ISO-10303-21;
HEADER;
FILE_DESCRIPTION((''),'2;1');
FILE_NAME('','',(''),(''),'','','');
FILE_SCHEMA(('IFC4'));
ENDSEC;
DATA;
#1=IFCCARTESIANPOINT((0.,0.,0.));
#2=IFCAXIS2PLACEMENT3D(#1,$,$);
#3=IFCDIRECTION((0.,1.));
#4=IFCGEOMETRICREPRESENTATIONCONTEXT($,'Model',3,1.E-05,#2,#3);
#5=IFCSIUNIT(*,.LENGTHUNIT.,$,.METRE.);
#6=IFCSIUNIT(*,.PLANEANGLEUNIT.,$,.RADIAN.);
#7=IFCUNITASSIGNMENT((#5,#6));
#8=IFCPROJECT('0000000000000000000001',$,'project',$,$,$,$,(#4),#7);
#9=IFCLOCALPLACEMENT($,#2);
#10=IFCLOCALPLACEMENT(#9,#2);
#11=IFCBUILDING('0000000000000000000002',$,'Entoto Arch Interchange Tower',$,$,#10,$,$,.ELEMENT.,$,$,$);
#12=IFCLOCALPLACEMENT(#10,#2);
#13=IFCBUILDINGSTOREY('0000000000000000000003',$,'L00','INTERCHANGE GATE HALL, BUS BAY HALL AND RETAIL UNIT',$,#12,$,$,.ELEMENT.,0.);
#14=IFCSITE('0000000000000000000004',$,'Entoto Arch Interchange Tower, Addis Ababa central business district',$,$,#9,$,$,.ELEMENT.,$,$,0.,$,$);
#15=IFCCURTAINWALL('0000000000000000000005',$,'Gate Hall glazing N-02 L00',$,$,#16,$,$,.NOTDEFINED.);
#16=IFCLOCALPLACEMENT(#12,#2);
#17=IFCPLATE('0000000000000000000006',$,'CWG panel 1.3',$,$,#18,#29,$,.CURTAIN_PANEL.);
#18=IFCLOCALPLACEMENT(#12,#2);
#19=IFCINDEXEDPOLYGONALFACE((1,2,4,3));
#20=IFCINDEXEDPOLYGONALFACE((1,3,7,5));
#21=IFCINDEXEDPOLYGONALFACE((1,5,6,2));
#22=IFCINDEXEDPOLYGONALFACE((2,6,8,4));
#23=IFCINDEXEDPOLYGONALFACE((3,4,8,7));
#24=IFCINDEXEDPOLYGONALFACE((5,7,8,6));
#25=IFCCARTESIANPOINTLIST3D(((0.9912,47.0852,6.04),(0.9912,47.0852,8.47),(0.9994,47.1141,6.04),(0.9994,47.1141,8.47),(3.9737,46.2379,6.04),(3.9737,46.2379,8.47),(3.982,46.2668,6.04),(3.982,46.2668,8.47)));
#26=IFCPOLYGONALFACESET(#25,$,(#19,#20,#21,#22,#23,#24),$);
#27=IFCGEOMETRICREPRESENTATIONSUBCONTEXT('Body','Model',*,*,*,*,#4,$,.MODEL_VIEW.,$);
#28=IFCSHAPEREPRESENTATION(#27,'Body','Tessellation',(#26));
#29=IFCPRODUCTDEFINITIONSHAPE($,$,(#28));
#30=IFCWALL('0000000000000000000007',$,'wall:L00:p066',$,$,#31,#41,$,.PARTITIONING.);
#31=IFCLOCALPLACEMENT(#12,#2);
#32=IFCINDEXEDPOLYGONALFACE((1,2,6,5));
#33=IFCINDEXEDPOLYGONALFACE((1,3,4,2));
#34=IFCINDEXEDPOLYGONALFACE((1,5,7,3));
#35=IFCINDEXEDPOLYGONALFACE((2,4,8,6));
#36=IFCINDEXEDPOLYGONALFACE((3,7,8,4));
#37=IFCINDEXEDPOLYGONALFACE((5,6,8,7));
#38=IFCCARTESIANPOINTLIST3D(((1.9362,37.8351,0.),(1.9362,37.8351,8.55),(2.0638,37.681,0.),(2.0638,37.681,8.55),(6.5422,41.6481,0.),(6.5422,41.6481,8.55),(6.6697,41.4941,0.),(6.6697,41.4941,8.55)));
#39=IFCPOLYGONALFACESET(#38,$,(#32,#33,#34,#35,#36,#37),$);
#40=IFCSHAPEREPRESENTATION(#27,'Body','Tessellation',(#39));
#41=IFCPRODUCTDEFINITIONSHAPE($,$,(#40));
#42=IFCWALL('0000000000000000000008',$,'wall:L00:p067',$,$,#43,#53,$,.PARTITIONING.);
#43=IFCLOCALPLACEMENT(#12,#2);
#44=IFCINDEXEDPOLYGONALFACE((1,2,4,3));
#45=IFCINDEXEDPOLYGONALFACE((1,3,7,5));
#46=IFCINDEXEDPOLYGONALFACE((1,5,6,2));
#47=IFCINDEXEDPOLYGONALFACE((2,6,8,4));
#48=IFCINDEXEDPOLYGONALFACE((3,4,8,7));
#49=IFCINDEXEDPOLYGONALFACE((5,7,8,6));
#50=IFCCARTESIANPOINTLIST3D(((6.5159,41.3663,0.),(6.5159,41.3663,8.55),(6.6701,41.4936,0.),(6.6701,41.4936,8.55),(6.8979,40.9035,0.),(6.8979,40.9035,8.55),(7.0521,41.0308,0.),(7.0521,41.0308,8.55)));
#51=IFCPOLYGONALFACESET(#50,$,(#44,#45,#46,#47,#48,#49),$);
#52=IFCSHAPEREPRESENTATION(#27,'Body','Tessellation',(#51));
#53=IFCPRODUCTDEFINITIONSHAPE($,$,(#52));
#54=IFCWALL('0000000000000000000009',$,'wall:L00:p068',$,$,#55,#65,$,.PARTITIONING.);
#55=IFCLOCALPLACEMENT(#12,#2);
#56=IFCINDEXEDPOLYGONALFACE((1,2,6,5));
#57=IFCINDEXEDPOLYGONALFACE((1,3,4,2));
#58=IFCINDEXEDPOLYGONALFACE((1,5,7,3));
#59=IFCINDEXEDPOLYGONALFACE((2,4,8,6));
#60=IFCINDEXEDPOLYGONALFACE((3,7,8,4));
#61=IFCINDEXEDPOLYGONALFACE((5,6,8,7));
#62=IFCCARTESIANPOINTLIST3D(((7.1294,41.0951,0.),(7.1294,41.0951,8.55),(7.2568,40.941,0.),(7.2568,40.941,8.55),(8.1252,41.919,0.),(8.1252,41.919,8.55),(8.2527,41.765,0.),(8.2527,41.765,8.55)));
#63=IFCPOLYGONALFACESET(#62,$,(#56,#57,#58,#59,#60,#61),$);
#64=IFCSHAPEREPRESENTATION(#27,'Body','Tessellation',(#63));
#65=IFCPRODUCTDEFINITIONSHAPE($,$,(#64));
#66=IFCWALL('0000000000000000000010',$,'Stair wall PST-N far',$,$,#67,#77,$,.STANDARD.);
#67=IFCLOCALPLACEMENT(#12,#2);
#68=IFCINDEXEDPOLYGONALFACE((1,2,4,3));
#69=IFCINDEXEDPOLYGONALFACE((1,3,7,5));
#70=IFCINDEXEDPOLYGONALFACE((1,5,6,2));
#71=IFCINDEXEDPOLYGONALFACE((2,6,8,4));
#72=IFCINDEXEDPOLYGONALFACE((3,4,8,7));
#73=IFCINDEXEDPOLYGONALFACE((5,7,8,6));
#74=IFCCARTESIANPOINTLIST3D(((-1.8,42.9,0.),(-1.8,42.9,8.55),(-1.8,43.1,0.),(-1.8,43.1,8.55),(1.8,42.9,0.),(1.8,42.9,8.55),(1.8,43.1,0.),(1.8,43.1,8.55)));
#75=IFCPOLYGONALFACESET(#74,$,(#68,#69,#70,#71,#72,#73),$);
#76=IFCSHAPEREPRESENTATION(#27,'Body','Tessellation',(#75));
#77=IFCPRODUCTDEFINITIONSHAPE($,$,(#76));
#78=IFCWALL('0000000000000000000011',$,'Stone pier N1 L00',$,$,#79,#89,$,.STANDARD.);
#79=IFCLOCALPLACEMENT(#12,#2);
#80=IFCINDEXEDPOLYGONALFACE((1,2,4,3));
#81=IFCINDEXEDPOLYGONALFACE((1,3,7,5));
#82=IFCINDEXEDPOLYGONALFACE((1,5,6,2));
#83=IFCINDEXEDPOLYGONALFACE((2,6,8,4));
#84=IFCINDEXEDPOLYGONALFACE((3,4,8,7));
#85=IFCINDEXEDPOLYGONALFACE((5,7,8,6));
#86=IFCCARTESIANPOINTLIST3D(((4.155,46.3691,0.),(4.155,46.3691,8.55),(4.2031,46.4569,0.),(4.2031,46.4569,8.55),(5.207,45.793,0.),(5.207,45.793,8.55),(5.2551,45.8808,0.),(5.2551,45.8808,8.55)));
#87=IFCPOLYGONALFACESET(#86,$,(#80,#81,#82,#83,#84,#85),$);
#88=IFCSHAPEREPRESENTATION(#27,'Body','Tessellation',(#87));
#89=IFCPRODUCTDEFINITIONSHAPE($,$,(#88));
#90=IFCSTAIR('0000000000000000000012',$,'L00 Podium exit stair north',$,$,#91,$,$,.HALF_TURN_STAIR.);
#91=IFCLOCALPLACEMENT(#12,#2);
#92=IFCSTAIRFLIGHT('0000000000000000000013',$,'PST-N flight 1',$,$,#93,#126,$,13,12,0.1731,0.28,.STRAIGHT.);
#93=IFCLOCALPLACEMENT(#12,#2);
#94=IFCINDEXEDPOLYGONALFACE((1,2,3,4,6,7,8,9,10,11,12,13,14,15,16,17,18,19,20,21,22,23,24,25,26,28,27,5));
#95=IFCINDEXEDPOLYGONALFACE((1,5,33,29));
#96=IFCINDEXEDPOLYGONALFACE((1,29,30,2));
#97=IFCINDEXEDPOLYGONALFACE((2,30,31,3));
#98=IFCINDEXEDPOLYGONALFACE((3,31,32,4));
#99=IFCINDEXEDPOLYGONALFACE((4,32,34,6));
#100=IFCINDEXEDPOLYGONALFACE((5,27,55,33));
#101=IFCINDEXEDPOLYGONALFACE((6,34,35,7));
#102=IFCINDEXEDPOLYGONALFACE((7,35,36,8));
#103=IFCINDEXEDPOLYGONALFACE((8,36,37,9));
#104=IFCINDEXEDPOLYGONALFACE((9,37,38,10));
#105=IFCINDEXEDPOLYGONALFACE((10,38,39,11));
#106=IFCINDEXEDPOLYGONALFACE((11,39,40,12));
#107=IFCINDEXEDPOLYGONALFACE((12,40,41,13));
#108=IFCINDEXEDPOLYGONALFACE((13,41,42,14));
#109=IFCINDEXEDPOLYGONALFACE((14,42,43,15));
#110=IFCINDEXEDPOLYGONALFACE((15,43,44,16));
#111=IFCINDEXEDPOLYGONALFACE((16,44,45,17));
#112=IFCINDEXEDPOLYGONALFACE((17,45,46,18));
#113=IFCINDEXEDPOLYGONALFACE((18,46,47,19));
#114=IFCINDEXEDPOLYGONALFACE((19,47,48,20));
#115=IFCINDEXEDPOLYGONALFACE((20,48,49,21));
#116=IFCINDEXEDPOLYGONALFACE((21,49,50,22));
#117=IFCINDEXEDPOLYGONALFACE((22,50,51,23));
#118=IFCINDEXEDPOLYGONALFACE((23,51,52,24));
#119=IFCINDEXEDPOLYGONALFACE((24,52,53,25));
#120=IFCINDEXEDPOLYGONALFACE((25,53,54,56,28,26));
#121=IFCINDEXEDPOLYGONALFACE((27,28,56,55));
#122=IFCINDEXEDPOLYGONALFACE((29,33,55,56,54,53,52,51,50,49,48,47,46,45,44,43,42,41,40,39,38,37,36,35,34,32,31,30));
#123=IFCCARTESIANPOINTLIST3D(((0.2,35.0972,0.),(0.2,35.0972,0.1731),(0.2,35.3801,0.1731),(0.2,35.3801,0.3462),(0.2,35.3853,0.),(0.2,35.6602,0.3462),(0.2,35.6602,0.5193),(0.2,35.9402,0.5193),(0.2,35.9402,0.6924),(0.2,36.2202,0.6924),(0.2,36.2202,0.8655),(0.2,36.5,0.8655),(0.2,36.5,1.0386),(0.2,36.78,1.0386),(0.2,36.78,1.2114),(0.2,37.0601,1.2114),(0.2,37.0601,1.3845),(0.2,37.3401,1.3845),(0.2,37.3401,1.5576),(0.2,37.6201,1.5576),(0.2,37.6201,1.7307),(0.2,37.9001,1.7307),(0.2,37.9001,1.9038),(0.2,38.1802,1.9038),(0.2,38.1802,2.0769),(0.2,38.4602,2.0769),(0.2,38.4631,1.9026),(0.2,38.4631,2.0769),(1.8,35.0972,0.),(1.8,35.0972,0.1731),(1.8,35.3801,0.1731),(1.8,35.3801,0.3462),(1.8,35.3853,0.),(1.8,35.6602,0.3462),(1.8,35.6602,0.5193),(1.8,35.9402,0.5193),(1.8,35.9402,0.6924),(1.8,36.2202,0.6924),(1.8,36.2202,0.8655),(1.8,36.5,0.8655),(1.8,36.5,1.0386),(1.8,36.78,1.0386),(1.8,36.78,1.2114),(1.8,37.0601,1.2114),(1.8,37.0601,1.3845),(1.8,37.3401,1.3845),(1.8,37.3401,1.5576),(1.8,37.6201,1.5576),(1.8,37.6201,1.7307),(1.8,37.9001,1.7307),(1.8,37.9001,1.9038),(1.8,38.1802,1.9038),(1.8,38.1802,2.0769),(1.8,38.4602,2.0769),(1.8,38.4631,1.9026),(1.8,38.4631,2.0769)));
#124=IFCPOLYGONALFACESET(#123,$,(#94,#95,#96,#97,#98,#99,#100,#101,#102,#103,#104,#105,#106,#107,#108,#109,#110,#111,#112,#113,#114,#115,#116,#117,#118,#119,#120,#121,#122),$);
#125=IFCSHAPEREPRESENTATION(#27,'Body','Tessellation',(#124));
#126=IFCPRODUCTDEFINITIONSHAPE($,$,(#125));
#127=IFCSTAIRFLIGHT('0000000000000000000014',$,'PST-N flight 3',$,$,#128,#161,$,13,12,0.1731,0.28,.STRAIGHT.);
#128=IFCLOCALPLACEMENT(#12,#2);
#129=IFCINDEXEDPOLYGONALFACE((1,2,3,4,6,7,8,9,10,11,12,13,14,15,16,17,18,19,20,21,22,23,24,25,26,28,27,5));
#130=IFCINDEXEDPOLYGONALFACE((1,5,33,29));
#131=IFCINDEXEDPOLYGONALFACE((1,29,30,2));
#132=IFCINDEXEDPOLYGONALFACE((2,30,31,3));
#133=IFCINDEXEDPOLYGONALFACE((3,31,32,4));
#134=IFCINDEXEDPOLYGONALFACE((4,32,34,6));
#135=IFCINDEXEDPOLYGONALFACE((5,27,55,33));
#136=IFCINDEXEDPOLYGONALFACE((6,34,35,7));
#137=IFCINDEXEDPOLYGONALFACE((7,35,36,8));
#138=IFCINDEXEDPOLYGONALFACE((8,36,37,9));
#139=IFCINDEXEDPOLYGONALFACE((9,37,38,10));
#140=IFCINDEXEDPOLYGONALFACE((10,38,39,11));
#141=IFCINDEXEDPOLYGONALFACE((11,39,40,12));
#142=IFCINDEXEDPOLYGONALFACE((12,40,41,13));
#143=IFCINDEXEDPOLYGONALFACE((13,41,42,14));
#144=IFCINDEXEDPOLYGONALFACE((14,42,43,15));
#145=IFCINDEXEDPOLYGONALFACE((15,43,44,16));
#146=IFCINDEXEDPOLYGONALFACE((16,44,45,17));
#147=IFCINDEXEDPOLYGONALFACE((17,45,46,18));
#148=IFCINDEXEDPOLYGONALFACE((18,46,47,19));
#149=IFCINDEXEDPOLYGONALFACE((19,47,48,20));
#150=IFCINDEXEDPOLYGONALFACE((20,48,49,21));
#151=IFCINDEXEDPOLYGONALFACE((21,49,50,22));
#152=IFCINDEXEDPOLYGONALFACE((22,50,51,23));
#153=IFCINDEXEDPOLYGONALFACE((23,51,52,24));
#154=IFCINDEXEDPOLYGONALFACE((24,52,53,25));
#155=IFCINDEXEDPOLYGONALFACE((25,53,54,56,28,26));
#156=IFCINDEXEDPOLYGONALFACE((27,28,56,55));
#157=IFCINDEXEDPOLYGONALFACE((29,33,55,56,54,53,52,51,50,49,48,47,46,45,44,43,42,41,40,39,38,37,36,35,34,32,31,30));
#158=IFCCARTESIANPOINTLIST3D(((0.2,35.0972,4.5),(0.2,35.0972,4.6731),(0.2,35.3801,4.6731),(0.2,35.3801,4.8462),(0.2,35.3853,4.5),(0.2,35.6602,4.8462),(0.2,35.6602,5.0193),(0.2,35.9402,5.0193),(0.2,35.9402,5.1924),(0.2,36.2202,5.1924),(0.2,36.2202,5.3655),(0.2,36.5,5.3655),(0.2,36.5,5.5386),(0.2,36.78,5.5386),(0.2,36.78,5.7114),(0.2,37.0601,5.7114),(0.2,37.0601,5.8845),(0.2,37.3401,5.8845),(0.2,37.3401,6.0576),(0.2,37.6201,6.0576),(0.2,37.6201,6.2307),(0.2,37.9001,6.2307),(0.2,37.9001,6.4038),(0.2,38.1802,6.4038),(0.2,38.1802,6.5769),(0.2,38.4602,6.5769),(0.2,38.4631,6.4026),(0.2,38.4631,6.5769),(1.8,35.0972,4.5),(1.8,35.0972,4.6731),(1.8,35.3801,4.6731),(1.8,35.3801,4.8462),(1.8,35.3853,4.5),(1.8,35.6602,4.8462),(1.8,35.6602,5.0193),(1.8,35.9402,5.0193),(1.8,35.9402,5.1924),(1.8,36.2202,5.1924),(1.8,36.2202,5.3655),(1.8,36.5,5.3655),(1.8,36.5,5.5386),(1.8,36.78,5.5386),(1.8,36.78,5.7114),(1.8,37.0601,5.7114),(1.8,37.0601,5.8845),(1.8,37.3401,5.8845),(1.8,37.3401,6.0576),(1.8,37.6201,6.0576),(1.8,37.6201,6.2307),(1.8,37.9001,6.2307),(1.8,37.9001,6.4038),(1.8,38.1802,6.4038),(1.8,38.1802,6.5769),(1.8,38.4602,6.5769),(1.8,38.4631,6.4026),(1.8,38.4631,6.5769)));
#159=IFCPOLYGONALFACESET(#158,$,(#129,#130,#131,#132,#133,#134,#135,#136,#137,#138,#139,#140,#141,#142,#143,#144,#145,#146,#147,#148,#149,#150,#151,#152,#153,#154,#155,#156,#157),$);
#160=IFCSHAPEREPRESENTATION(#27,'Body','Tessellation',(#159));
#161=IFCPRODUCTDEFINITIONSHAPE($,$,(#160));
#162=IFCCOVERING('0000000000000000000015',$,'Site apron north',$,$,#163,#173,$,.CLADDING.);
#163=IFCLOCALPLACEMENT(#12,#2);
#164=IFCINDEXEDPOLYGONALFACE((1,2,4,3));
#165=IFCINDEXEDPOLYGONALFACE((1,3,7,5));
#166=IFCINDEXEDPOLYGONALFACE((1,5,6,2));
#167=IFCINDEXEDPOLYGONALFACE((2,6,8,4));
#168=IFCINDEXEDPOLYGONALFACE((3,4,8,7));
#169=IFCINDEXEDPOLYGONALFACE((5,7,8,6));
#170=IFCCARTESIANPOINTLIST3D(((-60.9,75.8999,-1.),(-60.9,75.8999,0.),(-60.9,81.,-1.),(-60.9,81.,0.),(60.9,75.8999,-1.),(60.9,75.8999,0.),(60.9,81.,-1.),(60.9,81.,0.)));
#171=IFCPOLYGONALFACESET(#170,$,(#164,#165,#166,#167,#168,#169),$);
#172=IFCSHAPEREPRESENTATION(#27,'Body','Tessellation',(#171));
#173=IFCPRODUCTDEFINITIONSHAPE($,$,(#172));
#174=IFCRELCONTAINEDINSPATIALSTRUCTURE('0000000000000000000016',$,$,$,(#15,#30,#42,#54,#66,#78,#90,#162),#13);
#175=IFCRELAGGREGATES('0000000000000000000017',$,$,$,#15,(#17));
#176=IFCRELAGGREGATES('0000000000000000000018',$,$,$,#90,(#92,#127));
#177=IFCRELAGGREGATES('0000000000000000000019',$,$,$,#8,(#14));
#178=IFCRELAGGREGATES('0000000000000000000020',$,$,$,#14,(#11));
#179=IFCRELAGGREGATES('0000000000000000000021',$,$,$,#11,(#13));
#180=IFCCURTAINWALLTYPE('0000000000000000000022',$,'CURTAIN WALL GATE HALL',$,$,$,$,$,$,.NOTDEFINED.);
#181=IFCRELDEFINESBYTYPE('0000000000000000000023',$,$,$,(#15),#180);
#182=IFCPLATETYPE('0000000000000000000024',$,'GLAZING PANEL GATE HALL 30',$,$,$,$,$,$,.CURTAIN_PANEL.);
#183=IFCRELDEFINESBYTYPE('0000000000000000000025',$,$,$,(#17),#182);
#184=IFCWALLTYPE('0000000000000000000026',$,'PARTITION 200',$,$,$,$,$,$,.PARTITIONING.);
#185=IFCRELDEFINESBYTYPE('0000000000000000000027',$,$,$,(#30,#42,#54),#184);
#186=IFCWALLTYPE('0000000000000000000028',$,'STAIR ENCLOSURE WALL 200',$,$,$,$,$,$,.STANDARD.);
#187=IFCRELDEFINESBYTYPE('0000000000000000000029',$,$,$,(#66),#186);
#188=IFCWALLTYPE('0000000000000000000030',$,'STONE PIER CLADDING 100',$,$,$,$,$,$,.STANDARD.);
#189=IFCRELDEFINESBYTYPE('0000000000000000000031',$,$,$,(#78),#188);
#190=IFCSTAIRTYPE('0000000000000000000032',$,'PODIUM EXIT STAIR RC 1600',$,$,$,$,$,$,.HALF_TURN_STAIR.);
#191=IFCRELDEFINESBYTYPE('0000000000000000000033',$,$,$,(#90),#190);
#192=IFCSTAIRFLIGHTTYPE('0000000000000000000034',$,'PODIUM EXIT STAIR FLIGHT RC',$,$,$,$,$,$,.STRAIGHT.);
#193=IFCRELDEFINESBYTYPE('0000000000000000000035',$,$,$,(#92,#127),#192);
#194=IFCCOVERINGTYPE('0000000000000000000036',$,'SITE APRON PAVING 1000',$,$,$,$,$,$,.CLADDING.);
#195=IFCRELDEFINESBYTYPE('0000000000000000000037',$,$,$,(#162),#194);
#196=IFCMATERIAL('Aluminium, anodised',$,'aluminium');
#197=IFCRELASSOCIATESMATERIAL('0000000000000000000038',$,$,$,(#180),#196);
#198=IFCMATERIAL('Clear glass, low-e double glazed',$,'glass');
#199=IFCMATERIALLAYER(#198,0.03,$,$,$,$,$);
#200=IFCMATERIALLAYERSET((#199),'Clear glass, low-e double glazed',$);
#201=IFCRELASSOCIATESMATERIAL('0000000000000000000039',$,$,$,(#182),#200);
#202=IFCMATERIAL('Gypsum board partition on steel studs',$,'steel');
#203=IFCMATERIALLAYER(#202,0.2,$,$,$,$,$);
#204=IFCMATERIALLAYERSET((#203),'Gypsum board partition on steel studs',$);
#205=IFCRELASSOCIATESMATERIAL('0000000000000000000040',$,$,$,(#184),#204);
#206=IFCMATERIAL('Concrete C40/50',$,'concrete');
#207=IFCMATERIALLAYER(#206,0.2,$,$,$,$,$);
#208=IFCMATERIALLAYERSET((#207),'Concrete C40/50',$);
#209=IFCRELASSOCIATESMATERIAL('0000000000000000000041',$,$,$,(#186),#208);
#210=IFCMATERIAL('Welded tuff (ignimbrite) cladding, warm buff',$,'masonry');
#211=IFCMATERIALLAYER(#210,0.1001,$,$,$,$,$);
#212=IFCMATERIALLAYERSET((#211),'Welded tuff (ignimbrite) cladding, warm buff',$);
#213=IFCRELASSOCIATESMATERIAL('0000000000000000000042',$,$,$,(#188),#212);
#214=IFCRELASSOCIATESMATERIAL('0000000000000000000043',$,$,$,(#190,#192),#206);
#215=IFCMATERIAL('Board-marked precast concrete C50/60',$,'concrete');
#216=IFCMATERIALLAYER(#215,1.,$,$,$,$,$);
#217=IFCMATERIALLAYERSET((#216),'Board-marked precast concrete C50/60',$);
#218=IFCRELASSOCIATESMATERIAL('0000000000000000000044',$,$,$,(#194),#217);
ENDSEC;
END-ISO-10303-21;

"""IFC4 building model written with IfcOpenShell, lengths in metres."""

from ifc_helpers import new_model, si_unit, direction, frame, frame_2d, origin, origin_2d, place, context, subcontext, project, spatial, polyline, rectangle, outline, extrude, material, layer, layer_set, type_object, element, aggregate, save


model = new_model("IFC4")

# Units and contexts
model_context = context("Model", 3, precision=1e-05, world=origin(), true_north=direction((0.0, 1.0)))
body_context = subcontext(model_context, "Body", "Model", "MODEL_VIEW")
ifc_project = project(units=[si_unit("LENGTHUNIT", "METRE"), si_unit("PLANEANGLEUNIT", "RADIAN")], contexts=[model_context])

# Site, building, storey
site_placement = place(None, origin())
site = spatial("IfcSite", under=ifc_project, at=site_placement, Name="Entoto Arch Interchange Tower, Addis Ababa central business district", CompositionType="ELEMENT", RefElevation=0.0)
building_placement = place(site_placement, origin())
building = spatial("IfcBuilding", under=site, at=building_placement, Name="Entoto Arch Interchange Tower", CompositionType="ELEMENT")
storey_placement = place(building_placement, origin())
storey = spatial("IfcBuildingStorey", under=building, at=storey_placement, Name="L00", Description="INTERCHANGE GATE HALL, BUS BAY HALL AND RETAIL UNIT", CompositionType="ELEMENT", Elevation=0.0)

# Shared definitions
ifc_material_1 = material(Name="Aluminium, anodised", Category="aluminium")
curtain_wall_type = type_object("IfcCurtainWallType", Name="CURTAIN WALL GATE HALL", PredefinedType="NOTDEFINED", material=ifc_material_1)

# Curtain wall
curtain_wall_1_placement = place(storey_placement, origin())
curtain_wall_1 = element("IfcCurtainWall", 1, at=curtain_wall_1_placement, inside=storey, type_object=curtain_wall_type, Name="Gate Hall glazing N-02 L00", PredefinedType="NOTDEFINED")

# Plate
ifc_material_2 = material(Name="Clear glass, low-e double glazed", Category="glass")
ifc_layer_1 = layer(ifc_material_2, 0.03)
ifc_layer_set_1 = layer_set([ifc_layer_1], Name="Clear glass, low-e double glazed")
plate_type = type_object("IfcPlateType", Name="GLAZING PANEL GATE HALL 30", PredefinedType="CURTAIN_PANEL", material=ifc_layer_set_1)
plate_1_placement = place(storey_placement, frame((2.4866, 46.676, 6.04), z_axis=(0.0, 0.0, 1.0), x_axis=(-0.961934, 0.27328, 0.0)))
plate_1 = element("IfcPlate", 2, at=plate_1_placement, type_object=plate_type, Name="CWG panel 1.3", PredefinedType="CURTAIN_PANEL", context=body_context, shape_type="SweptSolid", body=[
    extrude(rectangle(XDim=3.1006, YDim=0.03, at=origin_2d()), origin(), (0.0, 0.0, 1.0), 2.4299),
])
aggregate(curtain_wall_1, [plate_1])

# Walls
ifc_material_3 = material(Name="Gypsum board partition on steel studs", Category="steel")
ifc_layer_2 = layer(ifc_material_3, 0.2)
ifc_layer_set_2 = layer_set([ifc_layer_2], Name="Gypsum board partition on steel studs")
wall_type_1 = type_object("IfcWallType", Name="PARTITION 200", PredefinedType="PARTITIONING", material=ifc_layer_set_2)
wall_1_placement = place(storey_placement, frame((2.0, 37.7581, 0.0), z_axis=(0.0, 0.0, 1.0), x_axis=(0.770299, 0.637683, 0.0)))
element("IfcWall", 3, at=wall_1_placement, inside=storey, type_object=wall_type_1, Name="wall:L00:p066", PredefinedType="PARTITIONING", context=body_context, shape_type="SweptSolid", body=[
    extrude(rectangle(XDim=5.9795, YDim=0.2, at=frame_2d((2.9897, 0.0))), origin(), (0.0, 0.0, 1.0), 8.55),
])
wall_2_placement = place(storey_placement, frame((6.593, 41.4299, 0.0), z_axis=(0.0, 0.0, 1.0), x_axis=(0.636577, -0.771214, 0.0)))
element("IfcWall", 4, at=wall_2_placement, inside=storey, type_object=wall_type_1, Name="wall:L00:p067", PredefinedType="PARTITIONING", context=body_context, shape_type="SweptSolid", body=[
    extrude(rectangle(XDim=0.6001, YDim=0.2, at=frame_2d((0.3, 0.0))), origin(), (0.0, 0.0, 1.0), 8.55),
])
wall_3_placement = place(storey_placement, frame((7.1931, 41.0181, 0.0), z_axis=(0.0, 0.0, 1.0), x_axis=(0.770461, 0.637487, 0.0)))
element("IfcWall", 5, at=wall_3_placement, inside=storey, type_object=wall_type_1, Name="wall:L00:p068", PredefinedType="PARTITIONING", context=body_context, shape_type="SweptSolid", body=[
    extrude(rectangle(XDim=1.2925, YDim=0.2, at=frame_2d((0.6462, 0.0))), origin(), (0.0, 0.0, 1.0), 8.55),
])
ifc_material_4 = material(Name="Concrete C40/50", Category="concrete")
ifc_layer_3 = layer(ifc_material_4, 0.2)
ifc_layer_set_3 = layer_set([ifc_layer_3], Name="Concrete C40/50")
wall_type_2 = type_object("IfcWallType", Name="STAIR ENCLOSURE WALL 200", PredefinedType="STANDARD", material=ifc_layer_set_3)
wall_4_placement = place(storey_placement, frame((1.8, 43.0, 0.0), z_axis=(0.0, 0.0, 1.0), x_axis=(-1.0, 0.0, 0.0)))
element("IfcWall", 6, at=wall_4_placement, inside=storey, type_object=wall_type_2, Name="Stair wall PST-N far", PredefinedType="STANDARD", context=body_context, shape_type="SweptSolid", body=[
    extrude(rectangle(XDim=3.6001, YDim=0.2, at=frame_2d((1.8, 0.0))), origin(), (0.0, 0.0, 1.0), 8.55),
])
ifc_material_5 = material(Name="Welded tuff (ignimbrite) cladding, warm buff", Category="masonry")
ifc_layer_4 = layer(ifc_material_5, 0.1001)
ifc_layer_set_4 = layer_set([ifc_layer_4], Name="Welded tuff (ignimbrite) cladding, warm buff")
wall_type_3 = type_object("IfcWallType", Name="STONE PIER CLADDING 100", PredefinedType="STANDARD", material=ifc_layer_set_4)
wall_5_placement = place(storey_placement, frame((5.231, 45.8369, 0.0), z_axis=(0.0, 0.0, 1.0), x_axis=(-0.87707, 0.480363, 0.0)))
element("IfcWall", 7, at=wall_5_placement, inside=storey, type_object=wall_type_3, Name="Stone pier N1 L00", PredefinedType="STANDARD", context=body_context, shape_type="SweptSolid", body=[
    extrude(rectangle(XDim=1.1995, YDim=0.1001, at=frame_2d((0.5996, 0.0))), origin(), (0.0, 0.0, 1.0), 8.55),
])

# Stair, stair flights
stair_type = type_object("IfcStairType", Name="PODIUM EXIT STAIR RC 1600", PredefinedType="HALF_TURN_STAIR", material=ifc_material_4)
stair_placement = place(storey_placement, origin())
stair = element("IfcStair", 8, at=stair_placement, inside=storey, type_object=stair_type, Name="L00 Podium exit stair north", PredefinedType="HALF_TURN_STAIR")
stair_flight_type = type_object("IfcStairFlightType", Name="PODIUM EXIT STAIR FLIGHT RC", PredefinedType="STRAIGHT", material=ifc_material_4)
stair_flight_1_placement = place(storey_placement, frame((1.0, 35.1001, 0.0), z_axis=(0.0, 0.0, 1.0), x_axis=(0.0, 1.0, 0.0)))
stair_flight_1 = element("IfcStairFlight", 9, at=stair_flight_1_placement, type_object=stair_flight_type, Name="PST-N flight 1", NumberOfRisers=13, NumberOfTreads=12, PredefinedType="STRAIGHT", RiserHeight=0.1731, TreadLength=0.28, context=body_context, shape_type="SweptSolid", body=[
    extrude(outline(polyline([(-0.0029, 0.0), (-0.0029, 0.1731), (0.28, 0.1731), (0.28, 0.3462), (0.5601, 0.3462), (0.5601, 0.5193), (0.8401, 0.5193), (0.8401, 0.6924), (1.1201, 0.6924), (1.1201, 0.8655), (1.3999, 0.8655), (1.3999, 1.0386), (1.6799, 1.0386), (1.6799, 1.2114), (1.96, 1.2114), (1.96, 1.3845), (2.24, 1.3845), (2.24, 1.5576), (2.52, 1.5576), (2.52, 1.7307), (2.8, 1.7307), (2.8, 1.9038), (3.0801, 1.9038), (3.0801, 2.0769), (3.3601, 2.0769), (3.363, 2.0769), (3.363, 1.9026), (0.2852, 0.0), (-0.0029, 0.0)])), frame((0.0, 0.8, 0.0), z_axis=(0.0, -1.0, 0.0), x_axis=(1.0, 0.0, 0.0)), (0.0, 0.0, 1.0), 1.6001),
])
stair_flight_2_placement = place(storey_placement, frame((1.0, 35.1001, 4.5), z_axis=(0.0, 0.0, 1.0), x_axis=(0.0, 1.0, 0.0)))
stair_flight_2 = element("IfcStairFlight", 10, at=stair_flight_2_placement, type_object=stair_flight_type, Name="PST-N flight 3", NumberOfRisers=13, NumberOfTreads=12, PredefinedType="STRAIGHT", RiserHeight=0.1731, TreadLength=0.28, context=body_context, shape_type="SweptSolid", body=[
    extrude(outline(polyline([(-0.0029, 0.0), (-0.0029, 0.1731), (0.28, 0.1731), (0.28, 0.3462), (0.5601, 0.3462), (0.5601, 0.5193), (0.8401, 0.5193), (0.8401, 0.6924), (1.1201, 0.6924), (1.1201, 0.8655), (1.3999, 0.8655), (1.3999, 1.0386), (1.6799, 1.0386), (1.6799, 1.2114), (1.96, 1.2114), (1.96, 1.3845), (2.24, 1.3845), (2.24, 1.5576), (2.52, 1.5576), (2.52, 1.7307), (2.8, 1.7307), (2.8, 1.9038), (3.0801, 1.9038), (3.0801, 2.0769), (3.3601, 2.0769), (3.363, 2.0769), (3.363, 1.9026), (0.2852, 0.0), (-0.0029, 0.0)])), frame((0.0, 0.8, 0.0), z_axis=(0.0, -1.0, 0.0), x_axis=(1.0, 0.0, 0.0)), (0.0, 0.0, 1.0), 1.6001),
])
aggregate(stair, [stair_flight_1, stair_flight_2])

# Covering
ifc_material_6 = material(Name="Board-marked precast concrete C50/60", Category="concrete")
ifc_layer_5 = layer(ifc_material_6, 1.0)
ifc_layer_set_5 = layer_set([ifc_layer_5], Name="Board-marked precast concrete C50/60")
covering_type_1 = type_object("IfcCoveringType", Name="SITE APRON PAVING 1000", PredefinedType="CLADDING", material=ifc_layer_set_5)
covering_1_placement = place(storey_placement, frame((0.0, 78.45, -1.0), z_axis=(0.0, 0.0, 1.0), x_axis=(1.0, 0.0, 0.0)))
element("IfcCovering", 11, at=covering_1_placement, inside=storey, type_object=covering_type_1, Name="Site apron north", PredefinedType="CLADDING", context=body_context, shape_type="SweptSolid", body=[
    extrude(rectangle(XDim=121.8, YDim=5.1001, at=origin_2d()), origin(), (0.0, 0.0, 1.0), 1.0),
])

save(model, "model.ifc")
